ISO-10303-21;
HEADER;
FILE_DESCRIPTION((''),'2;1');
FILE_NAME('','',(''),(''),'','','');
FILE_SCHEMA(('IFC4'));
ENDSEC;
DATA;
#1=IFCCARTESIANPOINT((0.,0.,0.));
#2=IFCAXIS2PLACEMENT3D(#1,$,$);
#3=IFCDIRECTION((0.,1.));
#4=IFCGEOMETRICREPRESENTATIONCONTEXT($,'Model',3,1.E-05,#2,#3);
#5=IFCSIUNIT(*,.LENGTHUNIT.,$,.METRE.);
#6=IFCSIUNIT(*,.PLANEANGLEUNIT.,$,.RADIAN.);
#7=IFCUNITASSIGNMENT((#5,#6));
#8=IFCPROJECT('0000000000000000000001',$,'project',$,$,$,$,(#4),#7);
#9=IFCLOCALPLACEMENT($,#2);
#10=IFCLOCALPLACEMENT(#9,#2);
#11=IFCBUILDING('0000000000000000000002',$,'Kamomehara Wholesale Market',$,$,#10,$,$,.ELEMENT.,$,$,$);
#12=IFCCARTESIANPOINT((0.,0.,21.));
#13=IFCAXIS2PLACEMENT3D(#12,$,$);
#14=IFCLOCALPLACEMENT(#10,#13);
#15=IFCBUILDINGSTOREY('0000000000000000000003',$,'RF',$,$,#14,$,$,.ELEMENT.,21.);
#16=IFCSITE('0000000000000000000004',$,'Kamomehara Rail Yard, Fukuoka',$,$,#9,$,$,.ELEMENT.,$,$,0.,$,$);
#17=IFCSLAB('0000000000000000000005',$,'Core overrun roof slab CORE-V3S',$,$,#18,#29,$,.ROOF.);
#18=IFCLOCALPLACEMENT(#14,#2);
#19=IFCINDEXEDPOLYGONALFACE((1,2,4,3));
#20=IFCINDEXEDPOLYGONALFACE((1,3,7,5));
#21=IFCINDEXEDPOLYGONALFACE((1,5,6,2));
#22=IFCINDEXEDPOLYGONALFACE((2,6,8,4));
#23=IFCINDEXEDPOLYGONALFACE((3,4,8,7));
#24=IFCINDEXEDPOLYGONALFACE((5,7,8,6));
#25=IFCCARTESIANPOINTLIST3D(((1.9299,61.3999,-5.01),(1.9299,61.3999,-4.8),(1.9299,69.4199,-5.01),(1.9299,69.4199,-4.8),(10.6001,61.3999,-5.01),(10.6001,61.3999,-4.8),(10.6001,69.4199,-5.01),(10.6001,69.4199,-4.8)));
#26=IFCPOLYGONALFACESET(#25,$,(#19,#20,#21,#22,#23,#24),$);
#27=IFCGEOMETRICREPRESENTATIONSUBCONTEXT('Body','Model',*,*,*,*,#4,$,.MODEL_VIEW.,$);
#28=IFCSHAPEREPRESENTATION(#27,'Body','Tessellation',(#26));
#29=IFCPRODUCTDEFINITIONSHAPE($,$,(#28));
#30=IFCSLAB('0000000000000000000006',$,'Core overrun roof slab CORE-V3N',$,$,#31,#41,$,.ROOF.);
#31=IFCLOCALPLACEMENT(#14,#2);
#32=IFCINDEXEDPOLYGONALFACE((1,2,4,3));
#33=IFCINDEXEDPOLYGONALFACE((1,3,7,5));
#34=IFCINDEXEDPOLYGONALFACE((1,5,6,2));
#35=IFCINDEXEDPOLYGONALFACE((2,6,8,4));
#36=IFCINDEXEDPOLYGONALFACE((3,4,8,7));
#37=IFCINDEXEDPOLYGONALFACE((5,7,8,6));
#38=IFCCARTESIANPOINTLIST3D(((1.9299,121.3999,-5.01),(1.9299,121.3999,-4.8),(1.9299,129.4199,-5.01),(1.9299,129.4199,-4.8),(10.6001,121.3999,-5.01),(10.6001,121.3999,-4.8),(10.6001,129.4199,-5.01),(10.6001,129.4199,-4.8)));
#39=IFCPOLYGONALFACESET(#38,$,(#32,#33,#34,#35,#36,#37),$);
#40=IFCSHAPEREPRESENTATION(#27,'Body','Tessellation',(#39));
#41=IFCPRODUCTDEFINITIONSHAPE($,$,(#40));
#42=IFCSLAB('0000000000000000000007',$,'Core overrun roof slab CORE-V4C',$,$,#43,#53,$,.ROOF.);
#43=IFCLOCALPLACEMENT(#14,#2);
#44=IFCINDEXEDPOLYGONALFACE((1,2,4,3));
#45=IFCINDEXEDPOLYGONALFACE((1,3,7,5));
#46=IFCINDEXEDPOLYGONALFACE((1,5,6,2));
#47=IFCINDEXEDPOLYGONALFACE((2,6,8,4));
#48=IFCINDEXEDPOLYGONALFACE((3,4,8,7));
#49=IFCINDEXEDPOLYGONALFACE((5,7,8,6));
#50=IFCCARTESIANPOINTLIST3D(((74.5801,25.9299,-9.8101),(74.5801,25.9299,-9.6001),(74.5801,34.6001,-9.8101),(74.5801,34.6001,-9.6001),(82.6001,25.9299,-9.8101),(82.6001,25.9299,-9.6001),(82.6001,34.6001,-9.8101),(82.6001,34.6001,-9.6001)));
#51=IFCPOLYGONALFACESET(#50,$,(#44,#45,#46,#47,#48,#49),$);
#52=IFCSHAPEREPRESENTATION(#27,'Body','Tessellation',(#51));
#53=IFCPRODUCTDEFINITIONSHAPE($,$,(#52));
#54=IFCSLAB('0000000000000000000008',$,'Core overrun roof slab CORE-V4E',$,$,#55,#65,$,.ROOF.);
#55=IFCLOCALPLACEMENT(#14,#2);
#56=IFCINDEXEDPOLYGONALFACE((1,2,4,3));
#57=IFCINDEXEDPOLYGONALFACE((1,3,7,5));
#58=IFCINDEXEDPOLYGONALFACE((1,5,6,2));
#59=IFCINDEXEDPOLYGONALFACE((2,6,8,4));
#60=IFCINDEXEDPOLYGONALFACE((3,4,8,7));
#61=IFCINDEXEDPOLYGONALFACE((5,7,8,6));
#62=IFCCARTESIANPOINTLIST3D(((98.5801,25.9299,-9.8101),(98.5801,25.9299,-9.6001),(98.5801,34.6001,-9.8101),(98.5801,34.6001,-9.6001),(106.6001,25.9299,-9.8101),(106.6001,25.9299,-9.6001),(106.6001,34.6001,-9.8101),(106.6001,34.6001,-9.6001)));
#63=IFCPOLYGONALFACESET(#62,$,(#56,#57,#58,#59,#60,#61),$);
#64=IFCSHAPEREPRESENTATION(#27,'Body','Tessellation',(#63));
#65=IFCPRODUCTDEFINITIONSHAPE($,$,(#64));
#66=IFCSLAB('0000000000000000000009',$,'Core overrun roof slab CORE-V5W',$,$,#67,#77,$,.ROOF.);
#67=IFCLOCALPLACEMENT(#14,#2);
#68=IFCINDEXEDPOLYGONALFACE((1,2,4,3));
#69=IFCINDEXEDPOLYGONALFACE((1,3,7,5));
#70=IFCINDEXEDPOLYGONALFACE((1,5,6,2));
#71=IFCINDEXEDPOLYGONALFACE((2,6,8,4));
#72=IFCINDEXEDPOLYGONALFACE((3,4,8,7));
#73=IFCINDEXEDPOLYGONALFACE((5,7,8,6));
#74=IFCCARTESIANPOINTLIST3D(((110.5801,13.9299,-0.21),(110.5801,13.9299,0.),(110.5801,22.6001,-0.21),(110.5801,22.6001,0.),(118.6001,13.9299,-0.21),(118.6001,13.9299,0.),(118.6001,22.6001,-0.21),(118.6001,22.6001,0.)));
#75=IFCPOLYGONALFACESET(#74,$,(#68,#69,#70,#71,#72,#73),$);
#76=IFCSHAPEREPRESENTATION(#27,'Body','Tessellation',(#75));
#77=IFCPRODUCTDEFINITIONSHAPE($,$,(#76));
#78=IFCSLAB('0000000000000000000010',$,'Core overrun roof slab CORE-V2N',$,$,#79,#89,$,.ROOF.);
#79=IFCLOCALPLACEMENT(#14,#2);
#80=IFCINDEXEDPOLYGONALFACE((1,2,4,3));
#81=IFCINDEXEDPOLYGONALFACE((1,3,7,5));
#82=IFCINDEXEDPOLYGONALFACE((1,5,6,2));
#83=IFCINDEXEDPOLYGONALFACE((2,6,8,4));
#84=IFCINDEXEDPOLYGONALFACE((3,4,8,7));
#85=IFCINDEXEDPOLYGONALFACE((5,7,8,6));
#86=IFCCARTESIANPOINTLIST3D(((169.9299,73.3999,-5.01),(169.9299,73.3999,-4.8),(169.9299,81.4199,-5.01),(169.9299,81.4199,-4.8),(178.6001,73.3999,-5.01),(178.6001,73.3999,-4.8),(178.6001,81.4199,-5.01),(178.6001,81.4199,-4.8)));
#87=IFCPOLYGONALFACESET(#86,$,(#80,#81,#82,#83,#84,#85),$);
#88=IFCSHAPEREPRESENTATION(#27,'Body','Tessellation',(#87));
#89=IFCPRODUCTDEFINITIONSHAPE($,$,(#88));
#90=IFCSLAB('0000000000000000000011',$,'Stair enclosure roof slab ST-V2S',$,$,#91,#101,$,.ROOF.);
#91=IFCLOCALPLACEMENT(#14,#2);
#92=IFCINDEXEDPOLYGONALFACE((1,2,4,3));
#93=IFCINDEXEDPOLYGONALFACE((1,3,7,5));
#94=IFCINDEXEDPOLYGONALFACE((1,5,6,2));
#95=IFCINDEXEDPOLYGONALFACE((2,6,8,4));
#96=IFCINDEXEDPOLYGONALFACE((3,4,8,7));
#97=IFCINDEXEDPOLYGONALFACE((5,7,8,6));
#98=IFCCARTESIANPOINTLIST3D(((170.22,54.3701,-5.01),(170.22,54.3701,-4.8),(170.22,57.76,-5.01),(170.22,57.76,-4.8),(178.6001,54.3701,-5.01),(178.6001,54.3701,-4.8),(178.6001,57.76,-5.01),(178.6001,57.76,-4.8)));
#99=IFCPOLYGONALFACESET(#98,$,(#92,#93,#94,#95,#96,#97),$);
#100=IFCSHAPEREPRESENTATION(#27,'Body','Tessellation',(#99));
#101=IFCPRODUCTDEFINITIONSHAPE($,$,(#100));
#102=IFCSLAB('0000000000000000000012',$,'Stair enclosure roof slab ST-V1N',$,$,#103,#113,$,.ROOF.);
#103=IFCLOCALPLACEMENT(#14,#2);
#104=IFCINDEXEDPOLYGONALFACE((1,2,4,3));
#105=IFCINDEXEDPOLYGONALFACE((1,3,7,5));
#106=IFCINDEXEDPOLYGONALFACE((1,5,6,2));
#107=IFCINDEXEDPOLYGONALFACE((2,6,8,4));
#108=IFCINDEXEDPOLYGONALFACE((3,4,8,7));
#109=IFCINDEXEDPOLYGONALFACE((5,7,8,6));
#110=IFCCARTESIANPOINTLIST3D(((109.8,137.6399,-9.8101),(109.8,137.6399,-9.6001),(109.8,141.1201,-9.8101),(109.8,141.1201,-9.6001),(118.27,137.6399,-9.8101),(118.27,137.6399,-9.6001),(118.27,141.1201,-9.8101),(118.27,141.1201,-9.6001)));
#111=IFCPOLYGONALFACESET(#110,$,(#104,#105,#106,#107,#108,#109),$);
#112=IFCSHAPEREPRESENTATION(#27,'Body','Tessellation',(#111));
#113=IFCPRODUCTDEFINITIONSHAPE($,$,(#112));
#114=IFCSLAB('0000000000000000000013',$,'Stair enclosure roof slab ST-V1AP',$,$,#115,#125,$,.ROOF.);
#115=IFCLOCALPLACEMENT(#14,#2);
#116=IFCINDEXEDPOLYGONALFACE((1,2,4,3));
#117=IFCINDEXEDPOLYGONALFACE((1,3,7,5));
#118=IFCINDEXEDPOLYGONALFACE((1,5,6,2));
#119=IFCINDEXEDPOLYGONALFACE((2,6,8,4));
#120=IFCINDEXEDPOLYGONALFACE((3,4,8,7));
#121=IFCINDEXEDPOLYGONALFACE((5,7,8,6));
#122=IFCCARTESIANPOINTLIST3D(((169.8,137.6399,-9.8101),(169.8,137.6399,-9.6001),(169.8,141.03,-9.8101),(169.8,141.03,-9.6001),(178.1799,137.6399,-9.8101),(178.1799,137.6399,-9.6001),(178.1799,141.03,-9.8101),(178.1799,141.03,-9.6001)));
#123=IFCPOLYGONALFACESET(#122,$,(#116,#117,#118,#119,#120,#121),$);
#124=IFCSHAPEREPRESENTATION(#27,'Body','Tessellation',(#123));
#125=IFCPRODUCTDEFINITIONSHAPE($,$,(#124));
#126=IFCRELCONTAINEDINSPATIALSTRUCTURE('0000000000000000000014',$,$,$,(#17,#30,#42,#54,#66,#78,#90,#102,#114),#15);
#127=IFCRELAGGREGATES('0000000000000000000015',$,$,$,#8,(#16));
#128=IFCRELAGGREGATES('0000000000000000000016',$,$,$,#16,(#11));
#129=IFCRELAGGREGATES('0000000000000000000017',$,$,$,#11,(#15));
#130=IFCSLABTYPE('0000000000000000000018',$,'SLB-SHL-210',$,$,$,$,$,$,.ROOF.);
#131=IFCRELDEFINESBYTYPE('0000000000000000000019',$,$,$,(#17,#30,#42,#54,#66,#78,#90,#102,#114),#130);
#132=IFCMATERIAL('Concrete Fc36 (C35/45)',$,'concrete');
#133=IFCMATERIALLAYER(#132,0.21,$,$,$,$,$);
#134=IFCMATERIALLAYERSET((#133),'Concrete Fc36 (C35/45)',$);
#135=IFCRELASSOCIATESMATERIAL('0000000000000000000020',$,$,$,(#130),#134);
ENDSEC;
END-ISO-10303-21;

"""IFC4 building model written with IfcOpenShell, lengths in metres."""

from ifc_helpers import new_model, si_unit, direction, frame, origin, place, context, subcontext, project, spatial, polyline, outline, extrude, material, layer, layer_set, type_object, element, save


model = new_model("IFC4")

# Units and contexts
model_context = context("Model", 3, precision=1e-05, world=origin(), true_north=direction((0.0, 1.0)))
body_context = subcontext(model_context, "Body", "Model", "MODEL_VIEW")
ifc_project = project(units=[si_unit("LENGTHUNIT", "METRE"), si_unit("PLANEANGLEUNIT", "RADIAN")], contexts=[model_context])

# Site, building, storey
site_placement = place(None, origin())
site = spatial("IfcSite", under=ifc_project, at=site_placement, Name="Kamomehara Rail Yard, Fukuoka", CompositionType="ELEMENT", RefElevation=0.0)
building_placement = place(site_placement, origin())
building = spatial("IfcBuilding", under=site, at=building_placement, Name="Kamomehara Wholesale Market", CompositionType="ELEMENT")
storey_placement = place(building_placement, frame((0.0, 0.0, 21.0)))
storey = spatial("IfcBuildingStorey", under=building, at=storey_placement, Name="RF", CompositionType="ELEMENT", Elevation=21.0)

# Shared definitions
ifc_material_1 = material(Name="Concrete Fc36 (C35/45)", Category="concrete")
ifc_layer_1 = layer(ifc_material_1, 0.21)
ifc_layer_set_1 = layer_set([ifc_layer_1], Name="Concrete Fc36 (C35/45)")
slab_type_1 = type_object("IfcSlabType", Name="SLB-SHL-210", PredefinedType="ROOF", material=ifc_layer_set_1)

# Slabs
slab_1_placement = place(storey_placement, frame((0.0, 0.0, -5.01)))
element("IfcSlab", 1, at=slab_1_placement, inside=storey, type_object=slab_type_1, Name="Core overrun roof slab CORE-V3S", PredefinedType="ROOF", context=body_context, shape_type="SweptSolid", body=[
    extrude(outline(polyline([(1.9299, 61.3999), (10.6001, 61.3999), (10.6001, 69.4199), (1.9299, 69.4199), (1.9299, 61.3999)])), origin(), (0.0, 0.0, 1.0), 0.21),
])
slab_2_placement = place(storey_placement, frame((0.0, 0.0, -5.01)))
element("IfcSlab", 2, at=slab_2_placement, inside=storey, type_object=slab_type_1, Name="Core overrun roof slab CORE-V3N", PredefinedType="ROOF", context=body_context, shape_type="SweptSolid", body=[
    extrude(outline(polyline([(1.9299, 121.3999), (10.6001, 121.3999), (10.6001, 129.4199), (1.9299, 129.4199), (1.9299, 121.3999)])), origin(), (0.0, 0.0, 1.0), 0.21),
])
slab_3_placement = place(storey_placement, frame((0.0, 0.0, -9.8101)))
element("IfcSlab", 3, at=slab_3_placement, inside=storey, type_object=slab_type_1, Name="Core overrun roof slab CORE-V4C", PredefinedType="ROOF", context=body_context, shape_type="SweptSolid", body=[
    extrude(outline(polyline([(74.5801, 25.9299), (82.6001, 25.9299), (82.6001, 34.6001), (74.5801, 34.6001), (74.5801, 25.9299)])), origin(), (0.0, 0.0, 1.0), 0.21),
])
slab_4_placement = place(storey_placement, frame((0.0, 0.0, -9.8101)))
element("IfcSlab", 4, at=slab_4_placement, inside=storey, type_object=slab_type_1, Name="Core overrun roof slab CORE-V4E", PredefinedType="ROOF", context=body_context, shape_type="SweptSolid", body=[
    extrude(outline(polyline([(98.5801, 25.9299), (106.6001, 25.9299), (106.6001, 34.6001), (98.5801, 34.6001), (98.5801, 25.9299)])), origin(), (0.0, 0.0, 1.0), 0.21),
])
slab_5_placement = place(storey_placement, frame((0.0, 0.0, -0.21)))
element("IfcSlab", 5, at=slab_5_placement, inside=storey, type_object=slab_type_1, Name="Core overrun roof slab CORE-V5W", PredefinedType="ROOF", context=body_context, shape_type="SweptSolid", body=[
    extrude(outline(polyline([(110.5801, 13.9299), (118.6001, 13.9299), (118.6001, 22.6001), (110.5801, 22.6001), (110.5801, 13.9299)])), origin(), (0.0, 0.0, 1.0), 0.21),
])
slab_6_placement = place(storey_placement, frame((0.0, 0.0, -5.01)))
element("IfcSlab", 6, at=slab_6_placement, inside=storey, type_object=slab_type_1, Name="Core overrun roof slab CORE-V2N", PredefinedType="ROOF", context=body_context, shape_type="SweptSolid", body=[
    extrude(outline(polyline([(169.9299, 73.3999), (178.6001, 73.3999), (178.6001, 81.4199), (169.9299, 81.4199), (169.9299, 73.3999)])), origin(), (0.0, 0.0, 1.0), 0.21),
])
slab_7_placement = place(storey_placement, frame((0.0, 0.0, -5.01)))
element("IfcSlab", 7, at=slab_7_placement, inside=storey, type_object=slab_type_1, Name="Stair enclosure roof slab ST-V2S", PredefinedType="ROOF", context=body_context, shape_type="SweptSolid", body=[
    extrude(outline(polyline([(170.22, 54.3701), (178.6001, 54.3701), (178.6001, 57.76), (170.22, 57.76), (170.22, 54.3701)])), origin(), (0.0, 0.0, 1.0), 0.21),
])
slab_8_placement = place(storey_placement, frame((0.0, 0.0, -9.8101)))
element("IfcSlab", 8, at=slab_8_placement, inside=storey, type_object=slab_type_1, Name="Stair enclosure roof slab ST-V1N", PredefinedType="ROOF", context=body_context, shape_type="SweptSolid", body=[
    extrude(outline(polyline([(109.8, 137.6399), (118.27, 137.6399), (118.27, 141.1201), (109.8, 141.1201), (109.8, 137.6399)])), origin(), (0.0, 0.0, 1.0), 0.21),
])
slab_9_placement = place(storey_placement, frame((0.0, 0.0, -9.8101)))
element("IfcSlab", 9, at=slab_9_placement, inside=storey, type_object=slab_type_1, Name="Stair enclosure roof slab ST-V1AP", PredefinedType="ROOF", context=body_context, shape_type="SweptSolid", body=[
    extrude(outline(polyline([(169.8, 137.6399), (178.1799, 137.6399), (178.1799, 141.03), (169.8, 141.03), (169.8, 137.6399)])), origin(), (0.0, 0.0, 1.0), 0.21),
])

save(model, "model.ifc")
